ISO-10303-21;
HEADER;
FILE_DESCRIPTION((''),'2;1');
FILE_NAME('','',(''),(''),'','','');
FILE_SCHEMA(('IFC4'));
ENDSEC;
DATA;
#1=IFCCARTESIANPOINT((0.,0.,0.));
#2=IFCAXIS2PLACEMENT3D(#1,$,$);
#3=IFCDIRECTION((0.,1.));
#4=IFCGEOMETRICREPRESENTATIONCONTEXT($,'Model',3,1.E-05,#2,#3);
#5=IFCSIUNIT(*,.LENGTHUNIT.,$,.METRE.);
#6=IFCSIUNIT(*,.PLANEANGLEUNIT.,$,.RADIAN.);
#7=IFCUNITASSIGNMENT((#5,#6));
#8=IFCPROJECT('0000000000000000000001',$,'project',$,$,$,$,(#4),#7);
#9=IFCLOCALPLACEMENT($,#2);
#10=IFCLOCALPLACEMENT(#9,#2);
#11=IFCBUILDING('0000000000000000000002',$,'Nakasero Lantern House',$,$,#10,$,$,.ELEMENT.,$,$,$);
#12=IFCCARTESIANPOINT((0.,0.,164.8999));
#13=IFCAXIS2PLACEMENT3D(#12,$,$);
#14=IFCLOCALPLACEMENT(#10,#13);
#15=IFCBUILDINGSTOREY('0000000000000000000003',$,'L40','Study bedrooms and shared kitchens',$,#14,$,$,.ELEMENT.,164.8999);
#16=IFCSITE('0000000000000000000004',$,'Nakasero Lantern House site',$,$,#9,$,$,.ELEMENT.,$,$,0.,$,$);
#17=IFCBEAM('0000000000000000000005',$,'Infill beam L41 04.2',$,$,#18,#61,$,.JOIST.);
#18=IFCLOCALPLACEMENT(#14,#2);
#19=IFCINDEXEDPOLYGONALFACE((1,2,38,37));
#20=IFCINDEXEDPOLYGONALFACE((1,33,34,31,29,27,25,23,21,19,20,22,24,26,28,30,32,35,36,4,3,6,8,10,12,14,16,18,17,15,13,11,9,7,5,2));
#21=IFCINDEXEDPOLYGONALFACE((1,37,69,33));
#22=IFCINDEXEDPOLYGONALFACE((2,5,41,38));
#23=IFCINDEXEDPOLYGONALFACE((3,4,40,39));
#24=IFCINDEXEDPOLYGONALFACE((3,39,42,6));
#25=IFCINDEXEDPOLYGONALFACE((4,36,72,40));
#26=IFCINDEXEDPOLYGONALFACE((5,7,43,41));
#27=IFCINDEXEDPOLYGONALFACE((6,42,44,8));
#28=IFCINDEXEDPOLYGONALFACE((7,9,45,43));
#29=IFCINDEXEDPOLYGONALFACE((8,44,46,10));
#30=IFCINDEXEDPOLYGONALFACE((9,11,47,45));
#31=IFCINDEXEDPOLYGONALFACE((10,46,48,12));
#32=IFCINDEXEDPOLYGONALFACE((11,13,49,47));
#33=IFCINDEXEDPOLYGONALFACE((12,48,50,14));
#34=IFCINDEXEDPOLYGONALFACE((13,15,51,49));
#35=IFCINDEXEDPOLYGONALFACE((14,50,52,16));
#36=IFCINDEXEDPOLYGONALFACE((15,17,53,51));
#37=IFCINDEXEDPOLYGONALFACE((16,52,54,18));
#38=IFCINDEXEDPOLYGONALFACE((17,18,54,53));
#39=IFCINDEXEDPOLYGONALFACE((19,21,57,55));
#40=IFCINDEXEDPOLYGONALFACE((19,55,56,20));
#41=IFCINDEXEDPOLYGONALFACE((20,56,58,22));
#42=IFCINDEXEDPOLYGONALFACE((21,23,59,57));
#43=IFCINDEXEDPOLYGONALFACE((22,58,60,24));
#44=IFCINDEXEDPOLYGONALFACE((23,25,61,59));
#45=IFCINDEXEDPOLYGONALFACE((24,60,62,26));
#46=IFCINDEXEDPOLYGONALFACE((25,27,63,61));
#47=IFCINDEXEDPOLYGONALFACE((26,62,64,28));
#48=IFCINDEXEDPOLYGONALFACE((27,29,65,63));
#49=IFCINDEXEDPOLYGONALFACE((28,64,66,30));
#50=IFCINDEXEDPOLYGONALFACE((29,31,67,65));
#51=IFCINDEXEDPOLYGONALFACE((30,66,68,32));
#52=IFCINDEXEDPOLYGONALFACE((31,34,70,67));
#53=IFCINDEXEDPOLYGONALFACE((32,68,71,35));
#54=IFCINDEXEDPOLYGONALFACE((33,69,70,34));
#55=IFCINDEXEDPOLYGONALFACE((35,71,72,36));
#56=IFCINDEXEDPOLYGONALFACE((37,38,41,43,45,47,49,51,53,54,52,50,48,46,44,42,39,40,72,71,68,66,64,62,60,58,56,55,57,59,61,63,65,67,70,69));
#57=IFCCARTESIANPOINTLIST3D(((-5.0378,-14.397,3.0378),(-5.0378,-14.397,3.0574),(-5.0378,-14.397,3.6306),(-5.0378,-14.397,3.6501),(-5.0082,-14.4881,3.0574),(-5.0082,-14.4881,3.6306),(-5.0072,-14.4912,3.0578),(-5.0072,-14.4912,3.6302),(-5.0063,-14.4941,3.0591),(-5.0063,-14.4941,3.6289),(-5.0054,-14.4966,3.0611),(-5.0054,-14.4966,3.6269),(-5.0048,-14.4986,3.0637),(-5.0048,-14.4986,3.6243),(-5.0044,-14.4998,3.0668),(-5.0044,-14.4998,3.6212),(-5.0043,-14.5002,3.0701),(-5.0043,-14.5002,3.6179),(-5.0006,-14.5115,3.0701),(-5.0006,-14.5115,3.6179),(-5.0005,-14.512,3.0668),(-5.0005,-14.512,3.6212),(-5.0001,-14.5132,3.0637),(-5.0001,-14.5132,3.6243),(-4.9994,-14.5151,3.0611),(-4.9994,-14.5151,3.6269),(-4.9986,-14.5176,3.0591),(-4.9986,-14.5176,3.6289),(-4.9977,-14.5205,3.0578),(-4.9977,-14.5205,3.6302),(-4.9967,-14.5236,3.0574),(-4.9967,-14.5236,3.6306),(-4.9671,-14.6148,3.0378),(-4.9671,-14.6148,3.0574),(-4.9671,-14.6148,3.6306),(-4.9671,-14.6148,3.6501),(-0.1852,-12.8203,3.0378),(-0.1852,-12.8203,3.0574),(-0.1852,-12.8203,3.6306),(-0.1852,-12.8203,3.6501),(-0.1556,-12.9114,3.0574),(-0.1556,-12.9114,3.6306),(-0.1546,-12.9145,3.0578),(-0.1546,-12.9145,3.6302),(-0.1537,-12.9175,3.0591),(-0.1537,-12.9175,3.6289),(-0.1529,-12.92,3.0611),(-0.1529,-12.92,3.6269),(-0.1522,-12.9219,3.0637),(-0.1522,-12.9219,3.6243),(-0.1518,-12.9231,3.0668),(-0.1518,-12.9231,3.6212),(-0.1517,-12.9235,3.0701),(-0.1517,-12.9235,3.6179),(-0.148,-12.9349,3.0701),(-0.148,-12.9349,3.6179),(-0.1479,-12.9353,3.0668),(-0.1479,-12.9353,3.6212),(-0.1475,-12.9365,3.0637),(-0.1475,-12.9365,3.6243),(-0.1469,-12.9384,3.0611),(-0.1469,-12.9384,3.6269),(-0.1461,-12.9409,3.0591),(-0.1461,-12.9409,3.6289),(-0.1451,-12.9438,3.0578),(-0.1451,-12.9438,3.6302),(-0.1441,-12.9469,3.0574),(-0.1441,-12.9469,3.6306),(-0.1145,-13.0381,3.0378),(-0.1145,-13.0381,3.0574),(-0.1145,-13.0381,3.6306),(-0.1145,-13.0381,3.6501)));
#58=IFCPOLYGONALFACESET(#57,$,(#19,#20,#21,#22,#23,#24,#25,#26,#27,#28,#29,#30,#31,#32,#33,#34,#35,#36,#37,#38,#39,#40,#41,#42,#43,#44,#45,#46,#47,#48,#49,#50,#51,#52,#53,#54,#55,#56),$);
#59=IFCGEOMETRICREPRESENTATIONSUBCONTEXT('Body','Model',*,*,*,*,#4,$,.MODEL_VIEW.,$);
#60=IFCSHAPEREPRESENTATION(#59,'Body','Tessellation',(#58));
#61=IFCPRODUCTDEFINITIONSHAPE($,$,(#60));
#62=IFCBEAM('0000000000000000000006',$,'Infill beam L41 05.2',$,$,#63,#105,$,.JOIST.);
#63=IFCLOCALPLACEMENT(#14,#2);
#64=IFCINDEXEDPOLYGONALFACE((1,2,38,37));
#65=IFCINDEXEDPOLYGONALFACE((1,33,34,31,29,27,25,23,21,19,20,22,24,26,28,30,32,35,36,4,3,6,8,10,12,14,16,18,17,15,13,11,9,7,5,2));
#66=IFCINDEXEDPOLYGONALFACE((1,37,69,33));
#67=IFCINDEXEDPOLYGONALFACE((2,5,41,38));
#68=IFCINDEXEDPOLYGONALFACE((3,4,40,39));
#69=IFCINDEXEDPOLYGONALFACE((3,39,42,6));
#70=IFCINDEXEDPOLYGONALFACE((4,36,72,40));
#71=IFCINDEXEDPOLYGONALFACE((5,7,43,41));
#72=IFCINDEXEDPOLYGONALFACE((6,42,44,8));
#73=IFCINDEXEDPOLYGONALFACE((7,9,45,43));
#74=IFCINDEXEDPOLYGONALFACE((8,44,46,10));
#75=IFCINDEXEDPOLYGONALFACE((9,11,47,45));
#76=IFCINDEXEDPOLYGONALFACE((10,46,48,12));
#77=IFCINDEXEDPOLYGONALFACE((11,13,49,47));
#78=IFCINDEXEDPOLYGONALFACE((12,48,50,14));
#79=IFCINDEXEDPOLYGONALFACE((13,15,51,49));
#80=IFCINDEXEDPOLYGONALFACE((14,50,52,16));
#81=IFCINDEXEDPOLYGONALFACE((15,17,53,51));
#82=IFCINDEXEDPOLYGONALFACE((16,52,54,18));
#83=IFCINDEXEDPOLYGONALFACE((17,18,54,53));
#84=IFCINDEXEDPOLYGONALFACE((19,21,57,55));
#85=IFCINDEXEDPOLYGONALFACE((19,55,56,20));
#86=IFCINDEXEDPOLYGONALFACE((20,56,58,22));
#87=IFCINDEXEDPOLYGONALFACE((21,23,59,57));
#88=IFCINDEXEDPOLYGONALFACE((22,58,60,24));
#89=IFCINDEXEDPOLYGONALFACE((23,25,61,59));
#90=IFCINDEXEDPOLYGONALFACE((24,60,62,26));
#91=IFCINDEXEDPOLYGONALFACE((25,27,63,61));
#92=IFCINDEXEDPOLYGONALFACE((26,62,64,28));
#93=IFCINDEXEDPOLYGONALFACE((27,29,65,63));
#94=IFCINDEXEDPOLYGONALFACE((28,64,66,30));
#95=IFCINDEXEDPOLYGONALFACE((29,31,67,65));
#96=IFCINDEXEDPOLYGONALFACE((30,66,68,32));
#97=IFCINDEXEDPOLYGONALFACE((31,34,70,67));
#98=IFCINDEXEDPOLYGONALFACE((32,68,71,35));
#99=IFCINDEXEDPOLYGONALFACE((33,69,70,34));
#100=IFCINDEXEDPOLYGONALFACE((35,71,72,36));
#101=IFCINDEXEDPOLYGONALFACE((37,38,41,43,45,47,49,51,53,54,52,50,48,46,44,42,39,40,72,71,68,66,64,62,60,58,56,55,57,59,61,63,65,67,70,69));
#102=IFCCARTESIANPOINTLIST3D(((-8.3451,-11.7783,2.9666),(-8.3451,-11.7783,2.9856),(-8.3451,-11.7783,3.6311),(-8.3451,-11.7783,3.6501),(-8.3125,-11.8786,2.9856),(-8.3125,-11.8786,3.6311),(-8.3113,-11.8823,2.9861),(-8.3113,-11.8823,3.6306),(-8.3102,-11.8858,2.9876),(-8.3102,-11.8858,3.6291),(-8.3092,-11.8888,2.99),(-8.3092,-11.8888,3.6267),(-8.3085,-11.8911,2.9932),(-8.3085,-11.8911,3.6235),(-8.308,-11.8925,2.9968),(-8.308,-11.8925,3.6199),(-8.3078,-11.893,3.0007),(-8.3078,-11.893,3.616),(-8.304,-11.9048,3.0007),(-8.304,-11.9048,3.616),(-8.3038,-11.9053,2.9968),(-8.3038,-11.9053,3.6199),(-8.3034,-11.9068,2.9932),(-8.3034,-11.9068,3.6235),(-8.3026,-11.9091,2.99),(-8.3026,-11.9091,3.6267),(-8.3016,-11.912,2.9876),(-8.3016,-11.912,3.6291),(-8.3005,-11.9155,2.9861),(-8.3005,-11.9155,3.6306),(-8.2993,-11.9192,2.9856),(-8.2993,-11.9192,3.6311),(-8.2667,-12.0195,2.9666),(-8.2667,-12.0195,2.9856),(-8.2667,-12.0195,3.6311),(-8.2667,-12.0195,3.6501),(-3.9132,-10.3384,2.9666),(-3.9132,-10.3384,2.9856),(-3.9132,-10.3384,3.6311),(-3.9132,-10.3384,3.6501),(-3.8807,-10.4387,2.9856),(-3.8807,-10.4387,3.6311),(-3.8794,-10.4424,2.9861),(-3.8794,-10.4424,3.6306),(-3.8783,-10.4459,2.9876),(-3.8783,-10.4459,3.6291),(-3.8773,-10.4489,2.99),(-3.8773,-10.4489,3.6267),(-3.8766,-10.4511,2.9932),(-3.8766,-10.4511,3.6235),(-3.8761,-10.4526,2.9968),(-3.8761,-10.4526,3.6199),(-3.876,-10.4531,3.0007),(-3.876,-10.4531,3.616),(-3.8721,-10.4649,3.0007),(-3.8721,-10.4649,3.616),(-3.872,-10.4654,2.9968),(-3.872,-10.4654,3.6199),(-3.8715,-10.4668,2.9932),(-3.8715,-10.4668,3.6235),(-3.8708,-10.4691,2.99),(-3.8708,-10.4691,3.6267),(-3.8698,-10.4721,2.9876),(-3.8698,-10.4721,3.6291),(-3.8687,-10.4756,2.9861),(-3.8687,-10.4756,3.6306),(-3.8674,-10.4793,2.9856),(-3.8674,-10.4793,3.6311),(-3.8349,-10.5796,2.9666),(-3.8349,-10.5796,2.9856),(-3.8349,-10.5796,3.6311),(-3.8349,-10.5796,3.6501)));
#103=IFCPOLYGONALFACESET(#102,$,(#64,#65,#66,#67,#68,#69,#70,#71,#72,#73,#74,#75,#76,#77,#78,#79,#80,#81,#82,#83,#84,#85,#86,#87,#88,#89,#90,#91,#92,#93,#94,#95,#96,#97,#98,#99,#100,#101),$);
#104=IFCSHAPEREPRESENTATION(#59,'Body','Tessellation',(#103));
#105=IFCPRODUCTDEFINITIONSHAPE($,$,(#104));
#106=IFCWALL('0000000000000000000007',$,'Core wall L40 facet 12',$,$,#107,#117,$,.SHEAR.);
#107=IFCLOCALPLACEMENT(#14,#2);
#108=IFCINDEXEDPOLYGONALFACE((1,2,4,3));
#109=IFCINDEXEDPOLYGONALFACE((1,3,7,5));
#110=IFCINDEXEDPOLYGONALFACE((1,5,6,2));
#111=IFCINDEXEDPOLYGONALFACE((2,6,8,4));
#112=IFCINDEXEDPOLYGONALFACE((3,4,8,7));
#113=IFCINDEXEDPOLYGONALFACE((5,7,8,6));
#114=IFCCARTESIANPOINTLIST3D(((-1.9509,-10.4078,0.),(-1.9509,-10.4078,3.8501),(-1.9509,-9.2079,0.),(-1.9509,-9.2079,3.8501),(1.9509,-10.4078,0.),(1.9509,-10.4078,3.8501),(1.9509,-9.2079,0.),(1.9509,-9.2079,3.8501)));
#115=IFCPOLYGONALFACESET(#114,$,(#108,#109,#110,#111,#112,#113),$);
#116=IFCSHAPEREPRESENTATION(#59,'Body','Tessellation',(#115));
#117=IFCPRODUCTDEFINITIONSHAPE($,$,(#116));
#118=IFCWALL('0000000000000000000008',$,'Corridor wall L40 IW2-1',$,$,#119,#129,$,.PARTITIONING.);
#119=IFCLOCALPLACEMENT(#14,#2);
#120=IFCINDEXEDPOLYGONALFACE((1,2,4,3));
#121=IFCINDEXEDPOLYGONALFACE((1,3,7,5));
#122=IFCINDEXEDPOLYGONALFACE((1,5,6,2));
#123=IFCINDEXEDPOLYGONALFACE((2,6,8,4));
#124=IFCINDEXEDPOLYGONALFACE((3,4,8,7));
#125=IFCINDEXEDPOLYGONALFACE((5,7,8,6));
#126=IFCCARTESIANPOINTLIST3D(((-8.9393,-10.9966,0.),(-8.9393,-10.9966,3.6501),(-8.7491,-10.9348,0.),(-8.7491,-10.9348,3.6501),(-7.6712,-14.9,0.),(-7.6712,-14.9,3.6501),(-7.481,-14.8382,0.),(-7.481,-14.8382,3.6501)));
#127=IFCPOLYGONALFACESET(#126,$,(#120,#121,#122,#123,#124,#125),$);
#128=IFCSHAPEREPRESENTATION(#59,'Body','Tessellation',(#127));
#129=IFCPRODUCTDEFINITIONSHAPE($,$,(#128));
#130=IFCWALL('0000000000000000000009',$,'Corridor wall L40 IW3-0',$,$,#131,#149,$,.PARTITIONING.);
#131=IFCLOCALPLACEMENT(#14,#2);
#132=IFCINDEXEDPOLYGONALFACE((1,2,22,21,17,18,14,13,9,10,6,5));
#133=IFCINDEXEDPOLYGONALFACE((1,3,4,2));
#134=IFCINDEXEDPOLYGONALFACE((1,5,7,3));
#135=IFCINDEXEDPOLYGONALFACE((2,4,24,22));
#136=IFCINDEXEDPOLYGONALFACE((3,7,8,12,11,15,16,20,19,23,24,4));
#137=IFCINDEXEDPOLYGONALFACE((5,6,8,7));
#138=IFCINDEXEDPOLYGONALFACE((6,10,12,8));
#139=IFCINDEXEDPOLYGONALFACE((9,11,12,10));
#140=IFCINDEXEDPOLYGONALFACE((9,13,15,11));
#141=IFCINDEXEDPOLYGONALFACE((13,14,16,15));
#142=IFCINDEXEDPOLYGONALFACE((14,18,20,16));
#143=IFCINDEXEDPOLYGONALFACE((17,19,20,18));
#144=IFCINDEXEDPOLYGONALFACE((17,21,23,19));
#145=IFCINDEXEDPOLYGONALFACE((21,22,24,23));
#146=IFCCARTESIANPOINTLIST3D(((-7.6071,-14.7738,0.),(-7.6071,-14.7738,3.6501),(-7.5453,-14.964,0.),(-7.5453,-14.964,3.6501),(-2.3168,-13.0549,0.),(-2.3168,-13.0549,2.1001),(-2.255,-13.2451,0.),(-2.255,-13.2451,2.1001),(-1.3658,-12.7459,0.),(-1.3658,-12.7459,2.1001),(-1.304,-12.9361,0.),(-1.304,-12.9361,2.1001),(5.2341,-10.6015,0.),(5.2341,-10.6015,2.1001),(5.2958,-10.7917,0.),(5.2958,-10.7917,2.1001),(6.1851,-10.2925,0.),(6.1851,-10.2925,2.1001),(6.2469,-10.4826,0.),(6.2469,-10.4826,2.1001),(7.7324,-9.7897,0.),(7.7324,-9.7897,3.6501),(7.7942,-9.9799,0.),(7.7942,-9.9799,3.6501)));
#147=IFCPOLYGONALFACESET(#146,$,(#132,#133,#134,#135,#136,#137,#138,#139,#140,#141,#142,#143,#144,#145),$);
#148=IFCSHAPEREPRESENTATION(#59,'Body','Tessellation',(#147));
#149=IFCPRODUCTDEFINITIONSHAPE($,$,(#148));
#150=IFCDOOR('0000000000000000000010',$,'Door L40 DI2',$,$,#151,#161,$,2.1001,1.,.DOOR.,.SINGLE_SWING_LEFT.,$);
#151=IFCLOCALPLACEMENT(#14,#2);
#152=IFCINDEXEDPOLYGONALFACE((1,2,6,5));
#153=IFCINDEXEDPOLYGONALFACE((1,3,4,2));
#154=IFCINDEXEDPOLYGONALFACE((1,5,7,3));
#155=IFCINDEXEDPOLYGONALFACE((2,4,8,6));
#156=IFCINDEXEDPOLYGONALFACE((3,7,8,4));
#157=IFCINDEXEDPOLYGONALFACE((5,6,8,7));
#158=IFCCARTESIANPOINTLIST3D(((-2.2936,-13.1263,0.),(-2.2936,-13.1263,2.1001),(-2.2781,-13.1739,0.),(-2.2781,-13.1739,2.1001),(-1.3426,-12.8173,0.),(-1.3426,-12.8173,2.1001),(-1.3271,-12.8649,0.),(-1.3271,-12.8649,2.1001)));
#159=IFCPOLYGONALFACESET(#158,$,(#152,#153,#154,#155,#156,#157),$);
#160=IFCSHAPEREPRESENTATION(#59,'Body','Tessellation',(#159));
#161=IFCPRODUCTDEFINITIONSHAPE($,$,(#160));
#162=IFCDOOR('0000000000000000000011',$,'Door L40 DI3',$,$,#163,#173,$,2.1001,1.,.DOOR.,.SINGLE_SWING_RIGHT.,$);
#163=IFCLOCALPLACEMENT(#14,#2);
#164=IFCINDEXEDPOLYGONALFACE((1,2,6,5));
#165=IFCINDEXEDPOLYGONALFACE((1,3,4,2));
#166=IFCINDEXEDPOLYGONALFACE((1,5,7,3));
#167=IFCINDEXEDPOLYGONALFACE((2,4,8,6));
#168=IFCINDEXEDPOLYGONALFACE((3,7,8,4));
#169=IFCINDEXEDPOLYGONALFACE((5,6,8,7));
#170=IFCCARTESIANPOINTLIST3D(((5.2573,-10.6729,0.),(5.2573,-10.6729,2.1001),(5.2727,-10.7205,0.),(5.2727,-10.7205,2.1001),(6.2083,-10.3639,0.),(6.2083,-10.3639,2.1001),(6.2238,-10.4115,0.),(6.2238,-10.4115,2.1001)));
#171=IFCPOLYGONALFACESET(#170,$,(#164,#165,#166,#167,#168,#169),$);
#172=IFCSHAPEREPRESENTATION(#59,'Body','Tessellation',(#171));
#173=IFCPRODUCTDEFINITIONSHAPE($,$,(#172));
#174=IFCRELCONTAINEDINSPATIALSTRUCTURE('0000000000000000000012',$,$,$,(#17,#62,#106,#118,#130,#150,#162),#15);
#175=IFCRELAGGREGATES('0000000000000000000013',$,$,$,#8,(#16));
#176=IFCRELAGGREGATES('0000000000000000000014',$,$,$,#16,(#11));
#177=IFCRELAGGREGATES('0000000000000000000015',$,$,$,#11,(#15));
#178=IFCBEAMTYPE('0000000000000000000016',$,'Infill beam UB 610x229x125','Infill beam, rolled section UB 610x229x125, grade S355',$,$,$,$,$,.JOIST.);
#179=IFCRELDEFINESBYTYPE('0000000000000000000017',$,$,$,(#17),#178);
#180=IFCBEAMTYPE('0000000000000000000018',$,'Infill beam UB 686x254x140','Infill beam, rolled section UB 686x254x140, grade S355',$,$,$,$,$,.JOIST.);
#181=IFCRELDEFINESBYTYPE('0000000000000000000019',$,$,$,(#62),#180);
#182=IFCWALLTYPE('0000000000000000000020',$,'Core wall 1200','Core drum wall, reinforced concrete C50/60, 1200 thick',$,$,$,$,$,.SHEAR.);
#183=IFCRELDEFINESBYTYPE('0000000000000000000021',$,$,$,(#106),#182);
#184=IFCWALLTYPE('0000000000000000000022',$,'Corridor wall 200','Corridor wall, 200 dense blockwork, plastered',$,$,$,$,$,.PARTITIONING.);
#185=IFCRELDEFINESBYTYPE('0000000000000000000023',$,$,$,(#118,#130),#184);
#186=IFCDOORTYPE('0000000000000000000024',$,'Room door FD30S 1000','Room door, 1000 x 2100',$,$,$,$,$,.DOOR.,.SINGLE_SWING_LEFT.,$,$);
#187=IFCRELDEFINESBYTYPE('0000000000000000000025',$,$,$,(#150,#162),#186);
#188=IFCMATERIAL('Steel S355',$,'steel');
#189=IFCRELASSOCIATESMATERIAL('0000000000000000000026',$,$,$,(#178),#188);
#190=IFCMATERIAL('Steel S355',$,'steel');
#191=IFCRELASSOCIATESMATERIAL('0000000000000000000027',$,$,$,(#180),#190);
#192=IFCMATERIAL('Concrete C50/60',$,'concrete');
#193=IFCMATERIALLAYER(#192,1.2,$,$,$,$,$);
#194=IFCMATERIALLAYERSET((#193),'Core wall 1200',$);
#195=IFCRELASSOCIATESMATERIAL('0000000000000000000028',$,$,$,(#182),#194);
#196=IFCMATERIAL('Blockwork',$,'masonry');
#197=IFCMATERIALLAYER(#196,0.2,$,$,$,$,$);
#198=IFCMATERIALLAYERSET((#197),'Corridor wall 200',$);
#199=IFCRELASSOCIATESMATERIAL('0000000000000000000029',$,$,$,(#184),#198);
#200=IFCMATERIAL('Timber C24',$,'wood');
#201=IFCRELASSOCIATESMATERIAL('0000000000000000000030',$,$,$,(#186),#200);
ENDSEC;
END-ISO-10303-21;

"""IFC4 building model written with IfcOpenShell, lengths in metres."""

from ifc_helpers import new_model, si_unit, direction, frame, frame_2d, origin, origin_2d, place, context, subcontext, project, spatial, rectangle, i_section, extrude, material, layer, layer_set, material_profile, profile_set, type_object, element, fill, save


model = new_model("IFC4")

# Units and contexts
model_context = context("Model", 3, precision=1e-05, world=origin(), true_north=direction((0.0, 1.0)))
body_context = subcontext(model_context, "Body", "Model", "MODEL_VIEW")
ifc_project = project(units=[si_unit("LENGTHUNIT", "METRE"), si_unit("PLANEANGLEUNIT", "RADIAN")], contexts=[model_context])

# Site, building, storey
site_placement = place(None, origin())
site = spatial("IfcSite", under=ifc_project, at=site_placement, Name="Nakasero Lantern House site", CompositionType="ELEMENT", RefElevation=0.0)
building_placement = place(site_placement, origin())
building = spatial("IfcBuilding", under=site, at=building_placement, Name="Nakasero Lantern House", CompositionType="ELEMENT")
storey_placement = place(building_placement, frame((0.0, 0.0, 164.8999)))
storey = spatial("IfcBuildingStorey", under=building, at=storey_placement, Name="L40", Description="Study bedrooms and shared kitchens", CompositionType="ELEMENT", Elevation=164.8999)

# Beams
ifc_material_1 = material(Name="Steel S355", Category="steel")
ifc_material_profile_1 = material_profile(ifc_material_1, i_section(OverallWidth=0.229, OverallDepth=0.6123, WebThickness=0.012, FlangeThickness=0.0195, FilletRadius=0.0127, at=origin_2d()), Name="UB 610x229x125")
ifc_profile_set_1 = profile_set([ifc_material_profile_1], Name="Steel S355")
beam_type_1 = type_object("IfcBeamType", Name="Infill beam UB 610x229x125", Description="Infill beam, rolled section UB 610x229x125, grade S355", PredefinedType="JOIST", material=ifc_profile_set_1)
beam_1_placement = place(storey_placement, frame((-5.0024, -14.5059, 3.344), z_axis=(0.951058, 0.309012, 0.0), x_axis=(-0.309012, 0.951058, 0.0)))
element("IfcBeam", 1, at=beam_1_placement, inside=storey, type_object=beam_type_1, Name="Infill beam L41 04.2", PredefinedType="JOIST", context=body_context, shape_type="SweptSolid", body=[
    extrude(i_section(OverallWidth=0.229, OverallDepth=0.6123, WebThickness=0.012, FlangeThickness=0.0195, FilletRadius=0.0127, at=origin_2d()), origin(), (0.0, 0.0, 1.0), 5.1023),
])
ifc_material_2 = material(Name="Steel S355", Category="steel")
ifc_material_profile_2 = material_profile(ifc_material_2, i_section(OverallWidth=0.2537, OverallDepth=0.6836, WebThickness=0.0125, FlangeThickness=0.019, FilletRadius=0.0151, at=origin_2d()), Name="UB 686x254x140")
ifc_profile_set_2 = profile_set([ifc_material_profile_2], Name="Steel S355")
beam_type_2 = type_object("IfcBeamType", Name="Infill beam UB 686x254x140", Description="Infill beam, rolled section UB 686x254x140, grade S355", PredefinedType="JOIST", material=ifc_profile_set_2)
beam_2_placement = place(storey_placement, frame((-8.3059, -11.8989, 3.3083), z_axis=(0.951061, 0.309004, 0.0), x_axis=(-0.309004, 0.951061, 0.0)))
element("IfcBeam", 2, at=beam_2_placement, inside=storey, type_object=beam_type_2, Name="Infill beam L41 05.2", PredefinedType="JOIST", context=body_context, shape_type="SweptSolid", body=[
    extrude(i_section(OverallWidth=0.2537, OverallDepth=0.6836, WebThickness=0.0125, FlangeThickness=0.019, FilletRadius=0.0151, at=origin_2d()), origin(), (0.0, 0.0, 1.0), 4.6599),
])

# Walls
ifc_material_3 = material(Name="Concrete C50/60", Category="concrete")
ifc_layer_1 = layer(ifc_material_3, 1.2)
ifc_layer_set_1 = layer_set([ifc_layer_1], Name="Core wall 1200")
wall_type_1 = type_object("IfcWallType", Name="Core wall 1200", Description="Core drum wall, reinforced concrete C50/60, 1200 thick", PredefinedType="SHEAR", material=ifc_layer_set_1)
wall_1_placement = place(storey_placement, frame((-1.9509, -9.8079, 0.0), z_axis=(0.0, 0.0, 1.0), x_axis=(1.0, 0.0, 0.0)))
element("IfcWall", 3, at=wall_1_placement, inside=storey, type_object=wall_type_1, Name="Core wall L40 facet 12", PredefinedType="SHEAR", context=body_context, shape_type="SweptSolid", body=[
    extrude(rectangle(XDim=3.9019, YDim=1.2, at=frame_2d((1.9509, 0.0))), origin(), (0.0, 0.0, 1.0), 3.8501),
])
ifc_material_4 = material(Name="Blockwork", Category="masonry")
ifc_layer_2 = layer(ifc_material_4, 0.2)
ifc_layer_set_2 = layer_set([ifc_layer_2], Name="Corridor wall 200")
wall_type_2 = type_object("IfcWallType", Name="Corridor wall 200", Description="Corridor wall, 200 dense blockwork, plastered", PredefinedType="PARTITIONING", material=ifc_layer_set_2)
wall_2_placement = place(storey_placement, frame((-8.8442, -10.9656, 0.0), z_axis=(0.0, 0.0, 1.0), x_axis=(0.308973, -0.951071, 0.0)))
element("IfcWall", 4, at=wall_2_placement, inside=storey, type_object=wall_type_2, Name="Corridor wall L40 IW2-1", PredefinedType="PARTITIONING", context=body_context, shape_type="SweptSolid", body=[
    extrude(rectangle(XDim=4.1042, YDim=0.2, at=frame_2d((2.0522, 0.0))), origin(), (0.0, 0.0, 1.0), 3.6501),
])

# Wall, openings, doors
wall_3_placement = place(storey_placement, frame((-7.5762, -14.8689, 0.0), z_axis=(0.0, 0.0, 1.0), x_axis=(0.951057, 0.309017, 0.0)))
wall_3 = element("IfcWall", 5, at=wall_3_placement, inside=storey, type_object=wall_type_2, Name="Corridor wall L40 IW3-0", PredefinedType="PARTITIONING", context=body_context, shape_type="SweptSolid", body=[
    extrude(rectangle(XDim=16.1289, YDim=0.2, at=frame_2d((8.0645, 0.0))), origin(), (0.0, 0.0, 1.0), 3.6501),
])
opening_1_placement = place(wall_3_placement, frame((5.5625, 0.0, 0.0)))
opening_1 = element("IfcOpeningElement", 6, at=opening_1_placement, cuts=wall_3, PredefinedType="OPENING", context=body_context, shape_type="SweptSolid", body=[
    extrude(rectangle(XDim=1.0, YDim=2.1001, at=frame_2d((0.5, 1.05))), frame((0.0, 0.1199, 0.0), z_axis=(0.0, -1.0, 0.0), x_axis=(1.0, 0.0, 0.0)), (0.0, 0.0, 1.0), 0.24),
])
opening_2_placement = place(wall_3_placement, frame((13.502, 0.0, 0.0)))
opening_2 = element("IfcOpeningElement", 7, at=opening_2_placement, cuts=wall_3, PredefinedType="OPENING", context=body_context, shape_type="SweptSolid", body=[
    extrude(rectangle(XDim=1.0, YDim=2.1001, at=frame_2d((0.5, 1.05))), frame((0.0, 0.1199, 0.0), z_axis=(0.0, -1.0, 0.0), x_axis=(1.0, 0.0, 0.0)), (0.0, 0.0, 1.0), 0.24),
])
ifc_material_5 = material(Name="Timber C24", Category="wood")
door_type_1 = type_object("IfcDoorType", Name="Room door FD30S 1000", Description="Room door, 1000 x 2100", OperationType="SINGLE_SWING_LEFT", PredefinedType="DOOR", material=ifc_material_5)
door_1_placement = place(opening_1_placement, origin())
door_1 = element("IfcDoor", 8, at=door_1_placement, inside=storey, type_object=door_type_1, Name="Door L40 DI2", OperationType="SINGLE_SWING_LEFT", OverallHeight=2.1001, OverallWidth=1.0, PredefinedType="DOOR", context=body_context, shape_type="SweptSolid", body=[
    extrude(rectangle(XDim=1.0, YDim=2.1001, at=frame_2d((0.5, 1.05))), frame((0.0, 0.0249, 0.0), z_axis=(0.0, -1.0, 0.0), x_axis=(1.0, 0.0, 0.0)), (0.0, 0.0, 1.0), 0.05),
])
fill(opening_1, door_1)
door_2_placement = place(opening_2_placement, origin())
door_2 = element("IfcDoor", 9, at=door_2_placement, inside=storey, type_object=door_type_1, Name="Door L40 DI3", OperationType="SINGLE_SWING_RIGHT", OverallHeight=2.1001, OverallWidth=1.0, PredefinedType="DOOR", context=body_context, shape_type="SweptSolid", body=[
    extrude(rectangle(XDim=1.0, YDim=2.1001, at=frame_2d((0.5, 1.05))), frame((0.0, 0.0249, 0.0), z_axis=(0.0, -1.0, 0.0), x_axis=(1.0, 0.0, 0.0)), (0.0, 0.0, 1.0), 0.05),
])
fill(opening_2, door_2)

save(model, "model.ifc")
